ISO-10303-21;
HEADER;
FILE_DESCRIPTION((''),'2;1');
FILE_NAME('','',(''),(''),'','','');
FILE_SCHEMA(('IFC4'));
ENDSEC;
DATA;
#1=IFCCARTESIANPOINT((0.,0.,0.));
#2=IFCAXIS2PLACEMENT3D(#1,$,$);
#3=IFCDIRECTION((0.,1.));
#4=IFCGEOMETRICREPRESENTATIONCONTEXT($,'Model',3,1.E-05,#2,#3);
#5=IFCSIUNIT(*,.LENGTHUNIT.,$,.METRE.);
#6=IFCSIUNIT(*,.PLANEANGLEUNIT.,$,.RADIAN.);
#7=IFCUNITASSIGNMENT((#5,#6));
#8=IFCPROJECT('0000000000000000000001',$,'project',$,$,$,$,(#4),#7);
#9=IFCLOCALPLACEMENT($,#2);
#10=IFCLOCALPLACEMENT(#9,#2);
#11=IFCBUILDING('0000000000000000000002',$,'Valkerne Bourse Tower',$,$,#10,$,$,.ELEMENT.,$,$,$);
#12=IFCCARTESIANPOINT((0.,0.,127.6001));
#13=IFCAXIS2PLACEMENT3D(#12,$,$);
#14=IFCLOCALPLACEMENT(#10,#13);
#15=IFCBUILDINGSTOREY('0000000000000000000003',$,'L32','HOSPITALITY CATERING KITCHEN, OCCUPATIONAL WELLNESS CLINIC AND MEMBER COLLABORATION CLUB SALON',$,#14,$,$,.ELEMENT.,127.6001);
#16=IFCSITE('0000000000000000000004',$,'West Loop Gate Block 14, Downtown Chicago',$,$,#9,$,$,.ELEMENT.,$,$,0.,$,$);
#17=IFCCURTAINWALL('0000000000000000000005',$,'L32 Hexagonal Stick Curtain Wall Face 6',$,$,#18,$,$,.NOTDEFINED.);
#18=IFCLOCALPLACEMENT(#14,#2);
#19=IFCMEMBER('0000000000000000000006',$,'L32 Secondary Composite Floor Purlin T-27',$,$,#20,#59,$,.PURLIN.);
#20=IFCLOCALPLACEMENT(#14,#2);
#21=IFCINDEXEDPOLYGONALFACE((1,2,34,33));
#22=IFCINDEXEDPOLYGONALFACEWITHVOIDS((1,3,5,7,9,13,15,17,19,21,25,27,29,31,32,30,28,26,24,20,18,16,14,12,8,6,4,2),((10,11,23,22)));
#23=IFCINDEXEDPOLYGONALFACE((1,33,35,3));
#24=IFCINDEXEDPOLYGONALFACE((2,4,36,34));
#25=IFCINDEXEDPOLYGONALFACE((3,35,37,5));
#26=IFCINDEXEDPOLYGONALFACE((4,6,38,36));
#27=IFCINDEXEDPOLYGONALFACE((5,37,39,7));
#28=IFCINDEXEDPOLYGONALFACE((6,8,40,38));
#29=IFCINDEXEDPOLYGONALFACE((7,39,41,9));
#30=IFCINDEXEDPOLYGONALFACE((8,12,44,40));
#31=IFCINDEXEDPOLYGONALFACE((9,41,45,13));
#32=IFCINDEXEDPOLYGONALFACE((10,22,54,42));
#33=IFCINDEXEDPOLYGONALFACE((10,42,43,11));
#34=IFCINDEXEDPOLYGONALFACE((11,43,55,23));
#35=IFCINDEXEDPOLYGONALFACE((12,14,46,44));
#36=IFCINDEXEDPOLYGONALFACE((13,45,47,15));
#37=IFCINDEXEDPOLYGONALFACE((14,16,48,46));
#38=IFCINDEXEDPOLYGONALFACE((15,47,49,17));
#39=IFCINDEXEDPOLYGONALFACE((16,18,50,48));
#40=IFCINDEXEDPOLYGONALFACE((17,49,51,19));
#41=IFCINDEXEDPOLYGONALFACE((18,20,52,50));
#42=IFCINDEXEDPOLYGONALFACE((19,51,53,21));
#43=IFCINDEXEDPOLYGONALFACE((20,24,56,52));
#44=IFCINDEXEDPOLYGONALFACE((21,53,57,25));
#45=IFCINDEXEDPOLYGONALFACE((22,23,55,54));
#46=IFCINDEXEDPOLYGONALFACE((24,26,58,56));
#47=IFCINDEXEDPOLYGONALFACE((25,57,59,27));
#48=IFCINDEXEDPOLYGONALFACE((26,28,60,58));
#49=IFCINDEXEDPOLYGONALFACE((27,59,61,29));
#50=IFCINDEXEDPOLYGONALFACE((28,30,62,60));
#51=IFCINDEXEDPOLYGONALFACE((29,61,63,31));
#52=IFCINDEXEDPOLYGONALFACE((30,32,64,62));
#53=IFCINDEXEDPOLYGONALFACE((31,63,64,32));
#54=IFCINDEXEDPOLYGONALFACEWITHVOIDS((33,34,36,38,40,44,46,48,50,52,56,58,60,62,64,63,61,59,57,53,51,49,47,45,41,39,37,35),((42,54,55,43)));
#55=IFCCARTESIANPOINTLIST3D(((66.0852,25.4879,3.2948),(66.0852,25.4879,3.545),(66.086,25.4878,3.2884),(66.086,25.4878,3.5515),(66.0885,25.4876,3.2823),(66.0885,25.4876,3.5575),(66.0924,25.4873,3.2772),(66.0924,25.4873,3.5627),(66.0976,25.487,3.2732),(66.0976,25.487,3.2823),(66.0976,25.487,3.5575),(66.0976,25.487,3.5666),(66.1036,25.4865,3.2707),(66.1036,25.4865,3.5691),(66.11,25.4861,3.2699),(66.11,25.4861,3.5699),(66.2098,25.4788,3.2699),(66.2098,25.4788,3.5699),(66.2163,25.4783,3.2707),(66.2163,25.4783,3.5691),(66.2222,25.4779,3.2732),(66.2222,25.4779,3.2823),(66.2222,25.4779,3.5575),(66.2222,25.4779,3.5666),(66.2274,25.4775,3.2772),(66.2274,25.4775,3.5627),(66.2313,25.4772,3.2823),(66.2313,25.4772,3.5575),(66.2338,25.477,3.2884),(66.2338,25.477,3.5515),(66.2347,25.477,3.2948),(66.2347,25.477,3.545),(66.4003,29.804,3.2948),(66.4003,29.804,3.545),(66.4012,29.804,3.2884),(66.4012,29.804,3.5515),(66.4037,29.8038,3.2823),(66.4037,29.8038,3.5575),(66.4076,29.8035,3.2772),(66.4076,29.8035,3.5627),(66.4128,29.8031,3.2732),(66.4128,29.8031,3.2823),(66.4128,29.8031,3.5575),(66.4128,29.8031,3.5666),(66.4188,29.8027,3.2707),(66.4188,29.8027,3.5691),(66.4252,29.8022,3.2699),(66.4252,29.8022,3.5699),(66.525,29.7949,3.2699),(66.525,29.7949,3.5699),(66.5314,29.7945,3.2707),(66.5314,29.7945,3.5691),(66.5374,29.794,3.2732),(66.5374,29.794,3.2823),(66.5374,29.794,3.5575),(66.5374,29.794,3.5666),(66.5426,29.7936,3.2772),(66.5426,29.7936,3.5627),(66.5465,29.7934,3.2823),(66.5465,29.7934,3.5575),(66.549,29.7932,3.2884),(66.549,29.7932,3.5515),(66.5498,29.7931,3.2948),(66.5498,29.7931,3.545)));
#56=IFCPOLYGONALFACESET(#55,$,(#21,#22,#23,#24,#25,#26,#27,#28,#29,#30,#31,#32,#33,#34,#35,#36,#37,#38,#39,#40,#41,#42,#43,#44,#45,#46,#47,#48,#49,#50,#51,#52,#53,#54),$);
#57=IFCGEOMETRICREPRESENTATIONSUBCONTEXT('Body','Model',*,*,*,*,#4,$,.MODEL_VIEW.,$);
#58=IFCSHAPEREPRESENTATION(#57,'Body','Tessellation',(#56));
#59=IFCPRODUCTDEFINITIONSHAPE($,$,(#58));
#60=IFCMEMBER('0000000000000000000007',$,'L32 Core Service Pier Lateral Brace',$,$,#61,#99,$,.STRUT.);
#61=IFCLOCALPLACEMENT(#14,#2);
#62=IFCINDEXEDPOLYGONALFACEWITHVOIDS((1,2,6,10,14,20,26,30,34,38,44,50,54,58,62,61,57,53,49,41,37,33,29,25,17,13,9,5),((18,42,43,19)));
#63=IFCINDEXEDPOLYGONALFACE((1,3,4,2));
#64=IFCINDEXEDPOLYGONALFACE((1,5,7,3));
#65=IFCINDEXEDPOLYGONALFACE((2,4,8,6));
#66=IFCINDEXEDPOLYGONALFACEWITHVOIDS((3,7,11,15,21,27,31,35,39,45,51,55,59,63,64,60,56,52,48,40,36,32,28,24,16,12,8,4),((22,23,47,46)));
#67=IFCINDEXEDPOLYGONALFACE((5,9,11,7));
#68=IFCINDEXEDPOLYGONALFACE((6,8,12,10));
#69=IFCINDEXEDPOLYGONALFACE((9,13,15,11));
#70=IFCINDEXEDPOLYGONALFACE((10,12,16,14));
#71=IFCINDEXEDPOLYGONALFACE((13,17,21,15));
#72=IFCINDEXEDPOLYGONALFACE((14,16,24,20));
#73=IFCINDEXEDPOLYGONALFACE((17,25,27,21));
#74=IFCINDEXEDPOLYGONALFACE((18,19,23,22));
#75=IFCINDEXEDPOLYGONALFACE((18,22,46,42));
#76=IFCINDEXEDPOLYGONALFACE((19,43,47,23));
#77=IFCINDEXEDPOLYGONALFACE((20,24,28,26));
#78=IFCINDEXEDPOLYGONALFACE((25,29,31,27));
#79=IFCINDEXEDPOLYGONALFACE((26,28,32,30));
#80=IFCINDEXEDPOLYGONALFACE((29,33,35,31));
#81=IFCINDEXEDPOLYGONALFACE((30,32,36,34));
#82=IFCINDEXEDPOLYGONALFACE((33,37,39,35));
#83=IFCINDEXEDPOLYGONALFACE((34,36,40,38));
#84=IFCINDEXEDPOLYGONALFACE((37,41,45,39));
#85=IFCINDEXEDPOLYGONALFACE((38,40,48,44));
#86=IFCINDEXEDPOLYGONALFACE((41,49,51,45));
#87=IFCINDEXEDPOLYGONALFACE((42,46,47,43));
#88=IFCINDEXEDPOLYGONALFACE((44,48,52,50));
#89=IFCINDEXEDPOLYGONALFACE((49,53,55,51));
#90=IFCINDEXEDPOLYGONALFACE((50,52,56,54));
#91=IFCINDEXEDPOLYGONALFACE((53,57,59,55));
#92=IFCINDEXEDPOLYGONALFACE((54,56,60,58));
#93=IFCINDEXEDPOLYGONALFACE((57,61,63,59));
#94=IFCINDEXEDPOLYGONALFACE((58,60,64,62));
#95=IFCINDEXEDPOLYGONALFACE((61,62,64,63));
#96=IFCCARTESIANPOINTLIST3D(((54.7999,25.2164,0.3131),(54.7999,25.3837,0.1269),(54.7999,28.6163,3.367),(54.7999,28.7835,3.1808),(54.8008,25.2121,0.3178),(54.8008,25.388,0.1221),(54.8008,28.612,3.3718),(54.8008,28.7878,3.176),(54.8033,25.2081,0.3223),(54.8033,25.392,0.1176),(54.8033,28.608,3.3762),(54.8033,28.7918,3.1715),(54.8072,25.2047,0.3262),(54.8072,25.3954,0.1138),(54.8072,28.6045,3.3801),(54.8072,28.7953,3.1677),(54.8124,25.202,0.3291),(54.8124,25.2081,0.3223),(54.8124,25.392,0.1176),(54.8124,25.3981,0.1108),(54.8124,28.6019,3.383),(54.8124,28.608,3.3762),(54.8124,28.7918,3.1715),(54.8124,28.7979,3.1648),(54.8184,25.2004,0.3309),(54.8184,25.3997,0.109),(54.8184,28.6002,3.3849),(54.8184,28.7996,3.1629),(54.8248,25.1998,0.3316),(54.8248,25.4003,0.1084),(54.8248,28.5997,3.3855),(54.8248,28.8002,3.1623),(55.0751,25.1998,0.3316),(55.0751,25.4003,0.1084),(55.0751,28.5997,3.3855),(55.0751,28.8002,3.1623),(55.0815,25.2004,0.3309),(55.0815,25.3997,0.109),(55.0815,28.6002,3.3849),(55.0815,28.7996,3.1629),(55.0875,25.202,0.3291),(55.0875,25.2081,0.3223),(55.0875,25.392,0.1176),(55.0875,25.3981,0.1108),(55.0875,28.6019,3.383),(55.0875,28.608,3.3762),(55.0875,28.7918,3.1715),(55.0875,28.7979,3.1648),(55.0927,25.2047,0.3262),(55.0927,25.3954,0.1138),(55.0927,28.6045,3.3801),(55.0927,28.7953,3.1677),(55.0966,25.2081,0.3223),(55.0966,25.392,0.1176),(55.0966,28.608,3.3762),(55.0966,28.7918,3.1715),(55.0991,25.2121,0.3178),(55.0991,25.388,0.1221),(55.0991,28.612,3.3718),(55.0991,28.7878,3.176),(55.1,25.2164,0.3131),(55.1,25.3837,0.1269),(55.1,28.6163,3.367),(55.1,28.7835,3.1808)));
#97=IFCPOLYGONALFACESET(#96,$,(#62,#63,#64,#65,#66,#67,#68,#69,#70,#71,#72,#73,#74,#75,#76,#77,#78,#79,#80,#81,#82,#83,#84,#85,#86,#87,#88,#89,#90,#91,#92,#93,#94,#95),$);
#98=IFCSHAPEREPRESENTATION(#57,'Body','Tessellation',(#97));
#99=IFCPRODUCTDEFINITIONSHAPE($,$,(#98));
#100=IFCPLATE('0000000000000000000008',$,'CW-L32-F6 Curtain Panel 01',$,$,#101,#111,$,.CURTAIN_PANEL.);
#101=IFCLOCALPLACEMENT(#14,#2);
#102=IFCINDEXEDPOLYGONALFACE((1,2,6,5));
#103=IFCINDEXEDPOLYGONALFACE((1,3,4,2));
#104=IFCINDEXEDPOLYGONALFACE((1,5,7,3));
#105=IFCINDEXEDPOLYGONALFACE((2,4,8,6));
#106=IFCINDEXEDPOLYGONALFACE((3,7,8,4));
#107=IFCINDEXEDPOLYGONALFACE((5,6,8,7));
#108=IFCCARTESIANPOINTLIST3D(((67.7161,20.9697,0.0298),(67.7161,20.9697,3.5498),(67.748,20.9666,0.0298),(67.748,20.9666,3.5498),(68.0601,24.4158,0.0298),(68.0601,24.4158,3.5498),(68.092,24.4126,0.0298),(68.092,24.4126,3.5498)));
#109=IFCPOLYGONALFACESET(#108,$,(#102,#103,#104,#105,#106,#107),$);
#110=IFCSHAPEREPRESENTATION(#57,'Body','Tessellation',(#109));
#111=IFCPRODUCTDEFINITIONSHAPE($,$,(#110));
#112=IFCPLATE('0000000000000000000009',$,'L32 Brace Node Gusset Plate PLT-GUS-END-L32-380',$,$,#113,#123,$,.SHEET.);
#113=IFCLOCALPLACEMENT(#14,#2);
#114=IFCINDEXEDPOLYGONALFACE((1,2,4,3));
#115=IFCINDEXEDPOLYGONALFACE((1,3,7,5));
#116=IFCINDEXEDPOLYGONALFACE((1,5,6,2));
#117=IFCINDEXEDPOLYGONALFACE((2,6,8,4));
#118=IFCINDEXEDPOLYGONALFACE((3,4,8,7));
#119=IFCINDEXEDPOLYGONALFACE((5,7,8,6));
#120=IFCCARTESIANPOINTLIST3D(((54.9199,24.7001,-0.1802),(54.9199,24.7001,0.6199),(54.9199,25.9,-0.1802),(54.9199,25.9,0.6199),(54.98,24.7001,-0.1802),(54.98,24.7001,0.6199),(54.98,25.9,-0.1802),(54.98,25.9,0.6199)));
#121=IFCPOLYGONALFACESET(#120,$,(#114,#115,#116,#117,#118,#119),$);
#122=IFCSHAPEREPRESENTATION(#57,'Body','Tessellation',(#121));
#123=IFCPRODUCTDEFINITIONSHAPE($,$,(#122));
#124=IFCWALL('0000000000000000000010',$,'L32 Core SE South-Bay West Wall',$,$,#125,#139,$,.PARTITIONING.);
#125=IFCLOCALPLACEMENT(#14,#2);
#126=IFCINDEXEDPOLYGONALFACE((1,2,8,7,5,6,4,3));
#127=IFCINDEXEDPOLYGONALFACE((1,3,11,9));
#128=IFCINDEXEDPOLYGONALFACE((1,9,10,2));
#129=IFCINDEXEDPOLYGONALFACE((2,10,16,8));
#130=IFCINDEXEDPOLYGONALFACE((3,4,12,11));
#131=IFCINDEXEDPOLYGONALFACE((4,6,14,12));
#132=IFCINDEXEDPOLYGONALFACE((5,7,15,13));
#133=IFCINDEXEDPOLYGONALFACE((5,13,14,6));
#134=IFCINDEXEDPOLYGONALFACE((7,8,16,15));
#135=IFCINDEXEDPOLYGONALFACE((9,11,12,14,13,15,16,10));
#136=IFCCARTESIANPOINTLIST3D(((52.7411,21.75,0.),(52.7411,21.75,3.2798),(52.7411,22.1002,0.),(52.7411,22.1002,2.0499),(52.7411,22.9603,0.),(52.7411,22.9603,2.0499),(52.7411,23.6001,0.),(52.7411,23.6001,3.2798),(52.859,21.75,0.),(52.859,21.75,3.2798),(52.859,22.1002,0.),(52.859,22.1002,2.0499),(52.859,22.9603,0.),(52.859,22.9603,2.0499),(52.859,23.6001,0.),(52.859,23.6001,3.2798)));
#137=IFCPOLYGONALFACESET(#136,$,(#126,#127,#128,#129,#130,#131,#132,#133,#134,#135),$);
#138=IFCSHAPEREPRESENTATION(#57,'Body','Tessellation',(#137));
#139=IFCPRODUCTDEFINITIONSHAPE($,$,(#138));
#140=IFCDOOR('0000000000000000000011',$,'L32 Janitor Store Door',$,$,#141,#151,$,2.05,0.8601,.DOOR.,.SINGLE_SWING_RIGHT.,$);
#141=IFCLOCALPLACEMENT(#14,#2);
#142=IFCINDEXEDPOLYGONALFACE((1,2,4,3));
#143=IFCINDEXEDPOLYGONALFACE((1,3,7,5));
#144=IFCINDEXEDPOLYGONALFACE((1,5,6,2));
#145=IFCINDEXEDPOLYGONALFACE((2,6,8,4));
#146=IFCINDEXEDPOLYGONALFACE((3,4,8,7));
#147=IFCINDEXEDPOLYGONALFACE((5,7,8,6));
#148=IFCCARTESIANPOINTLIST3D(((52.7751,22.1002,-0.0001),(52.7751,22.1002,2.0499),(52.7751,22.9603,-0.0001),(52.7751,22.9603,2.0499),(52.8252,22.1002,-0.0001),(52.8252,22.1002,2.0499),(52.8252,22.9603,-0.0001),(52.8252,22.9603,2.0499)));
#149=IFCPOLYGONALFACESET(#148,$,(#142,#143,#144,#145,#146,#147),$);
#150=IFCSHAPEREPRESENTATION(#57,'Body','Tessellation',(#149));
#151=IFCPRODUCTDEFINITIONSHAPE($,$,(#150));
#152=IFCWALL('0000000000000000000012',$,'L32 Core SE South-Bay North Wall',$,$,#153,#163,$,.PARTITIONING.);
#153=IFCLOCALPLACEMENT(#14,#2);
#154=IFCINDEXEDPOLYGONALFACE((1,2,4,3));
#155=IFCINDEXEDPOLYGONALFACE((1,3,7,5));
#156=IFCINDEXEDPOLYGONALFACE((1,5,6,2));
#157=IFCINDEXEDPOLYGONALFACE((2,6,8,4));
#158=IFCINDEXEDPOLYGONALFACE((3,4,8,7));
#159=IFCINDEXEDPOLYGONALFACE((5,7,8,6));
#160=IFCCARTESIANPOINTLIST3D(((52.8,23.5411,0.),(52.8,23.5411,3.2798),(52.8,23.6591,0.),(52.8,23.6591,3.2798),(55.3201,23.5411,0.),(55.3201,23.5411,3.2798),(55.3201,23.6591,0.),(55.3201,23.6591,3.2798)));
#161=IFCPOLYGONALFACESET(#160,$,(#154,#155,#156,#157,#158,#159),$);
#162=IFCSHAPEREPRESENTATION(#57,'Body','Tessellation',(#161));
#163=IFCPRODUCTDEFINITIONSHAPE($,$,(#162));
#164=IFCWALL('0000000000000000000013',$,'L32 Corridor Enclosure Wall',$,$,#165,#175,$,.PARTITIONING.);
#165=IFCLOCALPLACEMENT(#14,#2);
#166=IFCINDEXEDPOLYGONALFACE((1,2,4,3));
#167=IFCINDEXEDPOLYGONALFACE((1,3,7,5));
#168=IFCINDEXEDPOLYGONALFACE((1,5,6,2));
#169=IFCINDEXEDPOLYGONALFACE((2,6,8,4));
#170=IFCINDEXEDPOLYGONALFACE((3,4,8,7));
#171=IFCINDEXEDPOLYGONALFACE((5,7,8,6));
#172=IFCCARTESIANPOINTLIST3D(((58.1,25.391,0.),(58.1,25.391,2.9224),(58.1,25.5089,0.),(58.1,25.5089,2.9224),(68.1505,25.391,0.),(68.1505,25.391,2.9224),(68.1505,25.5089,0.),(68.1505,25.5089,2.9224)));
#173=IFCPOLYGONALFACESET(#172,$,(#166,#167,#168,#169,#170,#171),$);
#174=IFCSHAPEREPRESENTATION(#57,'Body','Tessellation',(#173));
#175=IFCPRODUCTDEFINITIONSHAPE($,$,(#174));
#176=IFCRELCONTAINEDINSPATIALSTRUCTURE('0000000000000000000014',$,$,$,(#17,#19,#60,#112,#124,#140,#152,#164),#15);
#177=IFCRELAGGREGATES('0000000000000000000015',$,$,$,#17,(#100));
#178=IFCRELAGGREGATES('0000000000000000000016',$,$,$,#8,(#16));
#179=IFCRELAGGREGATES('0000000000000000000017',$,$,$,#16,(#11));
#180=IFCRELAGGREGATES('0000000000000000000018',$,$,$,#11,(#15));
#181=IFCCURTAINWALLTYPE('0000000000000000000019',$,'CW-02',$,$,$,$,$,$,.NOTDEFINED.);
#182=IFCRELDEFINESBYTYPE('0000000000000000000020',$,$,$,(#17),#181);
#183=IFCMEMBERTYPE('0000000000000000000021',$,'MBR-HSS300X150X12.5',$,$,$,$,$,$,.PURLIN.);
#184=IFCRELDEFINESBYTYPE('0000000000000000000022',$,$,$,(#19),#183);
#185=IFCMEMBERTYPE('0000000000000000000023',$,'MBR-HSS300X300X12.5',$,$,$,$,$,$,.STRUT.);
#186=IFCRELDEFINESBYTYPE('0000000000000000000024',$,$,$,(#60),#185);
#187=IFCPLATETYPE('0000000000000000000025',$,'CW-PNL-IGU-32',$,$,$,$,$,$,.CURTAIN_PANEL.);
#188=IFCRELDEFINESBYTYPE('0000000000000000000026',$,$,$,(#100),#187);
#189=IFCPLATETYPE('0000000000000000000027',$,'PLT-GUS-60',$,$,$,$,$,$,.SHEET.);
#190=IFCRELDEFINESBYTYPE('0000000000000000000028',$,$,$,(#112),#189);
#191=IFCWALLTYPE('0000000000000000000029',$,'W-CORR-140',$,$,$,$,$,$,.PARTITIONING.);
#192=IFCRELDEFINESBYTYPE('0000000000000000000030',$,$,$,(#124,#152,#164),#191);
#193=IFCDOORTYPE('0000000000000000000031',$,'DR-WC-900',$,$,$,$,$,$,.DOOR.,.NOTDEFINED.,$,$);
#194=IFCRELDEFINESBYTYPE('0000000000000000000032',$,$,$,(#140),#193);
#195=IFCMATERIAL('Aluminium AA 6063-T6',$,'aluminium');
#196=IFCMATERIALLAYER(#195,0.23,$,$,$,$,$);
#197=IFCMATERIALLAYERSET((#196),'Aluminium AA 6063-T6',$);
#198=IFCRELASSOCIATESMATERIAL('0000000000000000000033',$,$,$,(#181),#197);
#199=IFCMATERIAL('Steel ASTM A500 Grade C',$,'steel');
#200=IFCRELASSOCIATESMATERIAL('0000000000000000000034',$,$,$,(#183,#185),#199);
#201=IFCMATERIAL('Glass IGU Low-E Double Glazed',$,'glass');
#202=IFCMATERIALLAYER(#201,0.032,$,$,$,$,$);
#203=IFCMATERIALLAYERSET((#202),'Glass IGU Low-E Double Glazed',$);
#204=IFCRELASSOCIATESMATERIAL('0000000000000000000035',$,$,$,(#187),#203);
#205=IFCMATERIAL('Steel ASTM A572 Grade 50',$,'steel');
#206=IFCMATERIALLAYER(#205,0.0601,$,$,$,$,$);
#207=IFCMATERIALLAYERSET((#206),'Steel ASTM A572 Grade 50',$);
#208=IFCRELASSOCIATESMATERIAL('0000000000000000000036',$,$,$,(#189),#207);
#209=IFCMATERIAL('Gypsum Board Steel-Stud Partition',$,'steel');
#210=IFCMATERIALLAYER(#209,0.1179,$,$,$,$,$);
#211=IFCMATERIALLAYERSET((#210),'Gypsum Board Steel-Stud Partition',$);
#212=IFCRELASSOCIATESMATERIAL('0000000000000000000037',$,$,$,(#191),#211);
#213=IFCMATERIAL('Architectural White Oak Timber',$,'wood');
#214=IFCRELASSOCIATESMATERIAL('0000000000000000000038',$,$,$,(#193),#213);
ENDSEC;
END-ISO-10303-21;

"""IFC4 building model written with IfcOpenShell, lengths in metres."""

from ifc_helpers import new_model, si_unit, direction, frame, frame_2d, origin, origin_2d, place, context, subcontext, project, spatial, rectangle, hollow_rectangle, extrude, material, layer, layer_set, material_profile, profile_set, type_object, element, fill, aggregate, save


model = new_model("IFC4")

# Units and contexts
model_context = context("Model", 3, precision=1e-05, world=origin(), true_north=direction((0.0, 1.0)))
body_context = subcontext(model_context, "Body", "Model", "MODEL_VIEW")
ifc_project = project(units=[si_unit("LENGTHUNIT", "METRE"), si_unit("PLANEANGLEUNIT", "RADIAN")], contexts=[model_context])

# Site, building, storey
site_placement = place(None, origin())
site = spatial("IfcSite", under=ifc_project, at=site_placement, Name="West Loop Gate Block 14, Downtown Chicago", CompositionType="ELEMENT", RefElevation=0.0)
building_placement = place(site_placement, origin())
building = spatial("IfcBuilding", under=site, at=building_placement, Name="Valkerne Bourse Tower", CompositionType="ELEMENT")
storey_placement = place(building_placement, frame((0.0, 0.0, 127.6001)))
storey = spatial("IfcBuildingStorey", under=building, at=storey_placement, Name="L32", Description="HOSPITALITY CATERING KITCHEN, OCCUPATIONAL WELLNESS CLINIC AND MEMBER COLLABORATION CLUB SALON", CompositionType="ELEMENT", Elevation=127.6001)

# Curtain wall
ifc_material_1 = material(Name="Aluminium AA 6063-T6", Category="aluminium")
ifc_layer_1 = layer(ifc_material_1, 0.23)
ifc_layer_set_1 = layer_set([ifc_layer_1], Name="Aluminium AA 6063-T6")
curtain_wall_type = type_object("IfcCurtainWallType", Name="CW-02", PredefinedType="NOTDEFINED", material=ifc_layer_set_1)
curtain_wall_placement = place(storey_placement, origin())
curtain_wall = element("IfcCurtainWall", 1, at=curtain_wall_placement, inside=storey, type_object=curtain_wall_type, Name="L32 Hexagonal Stick Curtain Wall Face 6", PredefinedType="NOTDEFINED")

# Members
ifc_material_2 = material(Name="Steel ASTM A500 Grade C", Category="steel")
ifc_material_profile_1 = material_profile(ifc_material_2, hollow_rectangle(XDim=0.1499, YDim=0.3, WallThickness=0.0125, OuterFilletRadius=0.0249, at=origin_2d()), Name="HSS300X150X12.5")
ifc_profile_set_1 = profile_set([ifc_material_profile_1], Name="Steel ASTM A500 Grade C")
member_type_1 = type_object("IfcMemberType", Name="MBR-HSS300X150X12.5", PredefinedType="PURLIN", material=ifc_profile_set_1)
member_1_placement = place(storey_placement, frame((66.1599, 25.4824, 3.4199), z_axis=(0.072831, 0.997344, 0.0), x_axis=(-0.997344, 0.072831, 0.0)))
element("IfcMember", 2, at=member_1_placement, inside=storey, type_object=member_type_1, Name="L32 Secondary Composite Floor Purlin T-27", PredefinedType="PURLIN", context=body_context, shape_type="SweptSolid", body=[
    extrude(hollow_rectangle(XDim=0.1499, YDim=0.3, WallThickness=0.0125, OuterFilletRadius=0.0249, at=origin_2d()), origin(), (0.0, 0.0, 1.0), 4.3276),
])
ifc_material_profile_2 = material_profile(ifc_material_2, hollow_rectangle(XDim=0.3, YDim=0.3, WallThickness=0.0125, OuterFilletRadius=0.0249, at=origin_2d()), Name="HSS300X300X12.5")
ifc_profile_set_2 = profile_set([ifc_material_profile_2], Name="Steel ASTM A500 Grade C")
member_type_2 = type_object("IfcMemberType", Name="MBR-HSS300X300X12.5", PredefinedType="STRUT", material=ifc_profile_set_2)
member_2_placement = place(storey_placement, frame((54.95, 25.3, 0.22), z_axis=(0.0, 0.743942, 0.668244), x_axis=(-1.0, 0.0, 0.0)))
element("IfcMember", 3, at=member_2_placement, inside=storey, type_object=member_type_2, Name="L32 Core Service Pier Lateral Brace", PredefinedType="STRUT", context=body_context, shape_type="SweptSolid", body=[
    extrude(hollow_rectangle(XDim=0.3, YDim=0.3, WallThickness=0.0125, OuterFilletRadius=0.0249, at=origin_2d()), origin(), (0.0, 0.0, 1.0), 4.5701),
])

# Plates
ifc_material_3 = material(Name="Glass IGU Low-E Double Glazed", Category="glass")
ifc_layer_2 = layer(ifc_material_3, 0.032)
ifc_layer_set_2 = layer_set([ifc_layer_2], Name="Glass IGU Low-E Double Glazed")
plate_type_1 = type_object("IfcPlateType", Name="CW-PNL-IGU-32", PredefinedType="CURTAIN_PANEL", material=ifc_layer_set_2)
plate_1_placement = place(storey_placement, frame((67.9041, 22.6912, 0.0298), z_axis=(0.0, 0.0, 1.0), x_axis=(0.099337, 0.995054, 0.0)))
plate_1 = element("IfcPlate", 4, at=plate_1_placement, type_object=plate_type_1, Name="CW-L32-F6 Curtain Panel 01", PredefinedType="CURTAIN_PANEL", context=body_context, shape_type="SweptSolid", body=[
    extrude(rectangle(XDim=3.4631, YDim=0.032, at=origin_2d()), origin(), (0.0, 0.0, 1.0), 3.52),
])
aggregate(curtain_wall, [plate_1])
ifc_material_4 = material(Name="Steel ASTM A572 Grade 50", Category="steel")
ifc_layer_3 = layer(ifc_material_4, 0.0601)
ifc_layer_set_3 = layer_set([ifc_layer_3], Name="Steel ASTM A572 Grade 50")
plate_type_2 = type_object("IfcPlateType", Name="PLT-GUS-60", PredefinedType="SHEET", material=ifc_layer_set_3)
plate_2_placement = place(storey_placement, frame((54.95, 25.3, -0.1802), z_axis=(0.0, 0.0, 1.0), x_axis=(0.0, 1.0, 0.0)))
element("IfcPlate", 5, at=plate_2_placement, inside=storey, type_object=plate_type_2, Name="L32 Brace Node Gusset Plate PLT-GUS-END-L32-380", PredefinedType="SHEET", context=body_context, shape_type="SweptSolid", body=[
    extrude(rectangle(XDim=1.2, YDim=0.0601, at=origin_2d()), origin(), (0.0, 0.0, 1.0), 0.8),
])

# Wall, opening, door
ifc_material_5 = material(Name="Gypsum Board Steel-Stud Partition", Category="steel")
ifc_layer_4 = layer(ifc_material_5, 0.1179)
ifc_layer_set_4 = layer_set([ifc_layer_4], Name="Gypsum Board Steel-Stud Partition")
wall_type_1 = type_object("IfcWallType", Name="W-CORR-140", PredefinedType="PARTITIONING", material=ifc_layer_set_4)
wall_1_placement = place(storey_placement, frame((52.8, 21.75, 0.0), z_axis=(0.0, 0.0, 1.0), x_axis=(0.0, 1.0, 0.0)))
wall_1 = element("IfcWall", 6, at=wall_1_placement, inside=storey, type_object=wall_type_1, Name="L32 Core SE South-Bay West Wall", PredefinedType="PARTITIONING", context=body_context, shape_type="SweptSolid", body=[
    extrude(rectangle(XDim=1.8501, YDim=0.1179, at=frame_2d((0.925, 0.0))), origin(), (0.0, 0.0, 1.0), 3.2798),
])
opening_1_placement = place(wall_1_placement, frame((0.3501, 0.0, 0.0)))
opening_1 = element("IfcOpeningElement", 7, at=opening_1_placement, cuts=wall_1, PredefinedType="OPENING", context=body_context, shape_type="SweptSolid", body=[
    extrude(rectangle(XDim=0.8601, YDim=2.05, at=frame_2d((0.4302, 1.0249))), frame((0.0, 0.0688, 0.0), z_axis=(0.0, -1.0, 0.0), x_axis=(1.0, 0.0, 0.0)), (0.0, 0.0, 1.0), 0.1379),
])
ifc_material_6 = material(Name="Architectural White Oak Timber", Category="wood")
door_type_1 = type_object("IfcDoorType", Name="DR-WC-900", OperationType="NOTDEFINED", PredefinedType="DOOR", material=ifc_material_6)
door_1_placement = place(opening_1_placement, origin())
door_1 = element("IfcDoor", 8, at=door_1_placement, inside=storey, type_object=door_type_1, Name="L32 Janitor Store Door", OperationType="SINGLE_SWING_RIGHT", OverallHeight=2.05, OverallWidth=0.8601, PredefinedType="DOOR", context=body_context, shape_type="SweptSolid", body=[
    extrude(rectangle(XDim=0.8601, YDim=2.05, at=frame_2d((0.4302, 1.0249))), frame((0.0, 0.0249, 0.0), z_axis=(0.0, -1.0, 0.0), x_axis=(1.0, 0.0, 0.0)), (0.0, 0.0, 1.0), 0.05),
])
fill(opening_1, door_1)

# Walls
wall_2_placement = place(storey_placement, frame((52.8, 23.6001, 0.0), z_axis=(0.0, 0.0, 1.0), x_axis=(1.0, 0.0, 0.0)))
element("IfcWall", 9, at=wall_2_placement, inside=storey, type_object=wall_type_1, Name="L32 Core SE South-Bay North Wall", PredefinedType="PARTITIONING", context=body_context, shape_type="SweptSolid", body=[
    extrude(rectangle(XDim=2.52, YDim=0.1179, at=frame_2d((1.26, 0.0))), origin(), (0.0, 0.0, 1.0), 3.2798),
])
wall_3_placement = place(storey_placement, frame((68.1506, 25.45, 0.0), z_axis=(0.0, 0.0, 1.0), x_axis=(-1.0, 0.0, 0.0)))
element("IfcWall", 10, at=wall_3_placement, inside=storey, type_object=wall_type_1, Name="L32 Corridor Enclosure Wall", PredefinedType="PARTITIONING", context=body_context, shape_type="SweptSolid", body=[
    extrude(rectangle(XDim=10.0505, YDim=0.1179, at=frame_2d((5.0254, 0.0))), origin(), (0.0, 0.0, 1.0), 2.9224),
])

save(model, "model.ifc")
